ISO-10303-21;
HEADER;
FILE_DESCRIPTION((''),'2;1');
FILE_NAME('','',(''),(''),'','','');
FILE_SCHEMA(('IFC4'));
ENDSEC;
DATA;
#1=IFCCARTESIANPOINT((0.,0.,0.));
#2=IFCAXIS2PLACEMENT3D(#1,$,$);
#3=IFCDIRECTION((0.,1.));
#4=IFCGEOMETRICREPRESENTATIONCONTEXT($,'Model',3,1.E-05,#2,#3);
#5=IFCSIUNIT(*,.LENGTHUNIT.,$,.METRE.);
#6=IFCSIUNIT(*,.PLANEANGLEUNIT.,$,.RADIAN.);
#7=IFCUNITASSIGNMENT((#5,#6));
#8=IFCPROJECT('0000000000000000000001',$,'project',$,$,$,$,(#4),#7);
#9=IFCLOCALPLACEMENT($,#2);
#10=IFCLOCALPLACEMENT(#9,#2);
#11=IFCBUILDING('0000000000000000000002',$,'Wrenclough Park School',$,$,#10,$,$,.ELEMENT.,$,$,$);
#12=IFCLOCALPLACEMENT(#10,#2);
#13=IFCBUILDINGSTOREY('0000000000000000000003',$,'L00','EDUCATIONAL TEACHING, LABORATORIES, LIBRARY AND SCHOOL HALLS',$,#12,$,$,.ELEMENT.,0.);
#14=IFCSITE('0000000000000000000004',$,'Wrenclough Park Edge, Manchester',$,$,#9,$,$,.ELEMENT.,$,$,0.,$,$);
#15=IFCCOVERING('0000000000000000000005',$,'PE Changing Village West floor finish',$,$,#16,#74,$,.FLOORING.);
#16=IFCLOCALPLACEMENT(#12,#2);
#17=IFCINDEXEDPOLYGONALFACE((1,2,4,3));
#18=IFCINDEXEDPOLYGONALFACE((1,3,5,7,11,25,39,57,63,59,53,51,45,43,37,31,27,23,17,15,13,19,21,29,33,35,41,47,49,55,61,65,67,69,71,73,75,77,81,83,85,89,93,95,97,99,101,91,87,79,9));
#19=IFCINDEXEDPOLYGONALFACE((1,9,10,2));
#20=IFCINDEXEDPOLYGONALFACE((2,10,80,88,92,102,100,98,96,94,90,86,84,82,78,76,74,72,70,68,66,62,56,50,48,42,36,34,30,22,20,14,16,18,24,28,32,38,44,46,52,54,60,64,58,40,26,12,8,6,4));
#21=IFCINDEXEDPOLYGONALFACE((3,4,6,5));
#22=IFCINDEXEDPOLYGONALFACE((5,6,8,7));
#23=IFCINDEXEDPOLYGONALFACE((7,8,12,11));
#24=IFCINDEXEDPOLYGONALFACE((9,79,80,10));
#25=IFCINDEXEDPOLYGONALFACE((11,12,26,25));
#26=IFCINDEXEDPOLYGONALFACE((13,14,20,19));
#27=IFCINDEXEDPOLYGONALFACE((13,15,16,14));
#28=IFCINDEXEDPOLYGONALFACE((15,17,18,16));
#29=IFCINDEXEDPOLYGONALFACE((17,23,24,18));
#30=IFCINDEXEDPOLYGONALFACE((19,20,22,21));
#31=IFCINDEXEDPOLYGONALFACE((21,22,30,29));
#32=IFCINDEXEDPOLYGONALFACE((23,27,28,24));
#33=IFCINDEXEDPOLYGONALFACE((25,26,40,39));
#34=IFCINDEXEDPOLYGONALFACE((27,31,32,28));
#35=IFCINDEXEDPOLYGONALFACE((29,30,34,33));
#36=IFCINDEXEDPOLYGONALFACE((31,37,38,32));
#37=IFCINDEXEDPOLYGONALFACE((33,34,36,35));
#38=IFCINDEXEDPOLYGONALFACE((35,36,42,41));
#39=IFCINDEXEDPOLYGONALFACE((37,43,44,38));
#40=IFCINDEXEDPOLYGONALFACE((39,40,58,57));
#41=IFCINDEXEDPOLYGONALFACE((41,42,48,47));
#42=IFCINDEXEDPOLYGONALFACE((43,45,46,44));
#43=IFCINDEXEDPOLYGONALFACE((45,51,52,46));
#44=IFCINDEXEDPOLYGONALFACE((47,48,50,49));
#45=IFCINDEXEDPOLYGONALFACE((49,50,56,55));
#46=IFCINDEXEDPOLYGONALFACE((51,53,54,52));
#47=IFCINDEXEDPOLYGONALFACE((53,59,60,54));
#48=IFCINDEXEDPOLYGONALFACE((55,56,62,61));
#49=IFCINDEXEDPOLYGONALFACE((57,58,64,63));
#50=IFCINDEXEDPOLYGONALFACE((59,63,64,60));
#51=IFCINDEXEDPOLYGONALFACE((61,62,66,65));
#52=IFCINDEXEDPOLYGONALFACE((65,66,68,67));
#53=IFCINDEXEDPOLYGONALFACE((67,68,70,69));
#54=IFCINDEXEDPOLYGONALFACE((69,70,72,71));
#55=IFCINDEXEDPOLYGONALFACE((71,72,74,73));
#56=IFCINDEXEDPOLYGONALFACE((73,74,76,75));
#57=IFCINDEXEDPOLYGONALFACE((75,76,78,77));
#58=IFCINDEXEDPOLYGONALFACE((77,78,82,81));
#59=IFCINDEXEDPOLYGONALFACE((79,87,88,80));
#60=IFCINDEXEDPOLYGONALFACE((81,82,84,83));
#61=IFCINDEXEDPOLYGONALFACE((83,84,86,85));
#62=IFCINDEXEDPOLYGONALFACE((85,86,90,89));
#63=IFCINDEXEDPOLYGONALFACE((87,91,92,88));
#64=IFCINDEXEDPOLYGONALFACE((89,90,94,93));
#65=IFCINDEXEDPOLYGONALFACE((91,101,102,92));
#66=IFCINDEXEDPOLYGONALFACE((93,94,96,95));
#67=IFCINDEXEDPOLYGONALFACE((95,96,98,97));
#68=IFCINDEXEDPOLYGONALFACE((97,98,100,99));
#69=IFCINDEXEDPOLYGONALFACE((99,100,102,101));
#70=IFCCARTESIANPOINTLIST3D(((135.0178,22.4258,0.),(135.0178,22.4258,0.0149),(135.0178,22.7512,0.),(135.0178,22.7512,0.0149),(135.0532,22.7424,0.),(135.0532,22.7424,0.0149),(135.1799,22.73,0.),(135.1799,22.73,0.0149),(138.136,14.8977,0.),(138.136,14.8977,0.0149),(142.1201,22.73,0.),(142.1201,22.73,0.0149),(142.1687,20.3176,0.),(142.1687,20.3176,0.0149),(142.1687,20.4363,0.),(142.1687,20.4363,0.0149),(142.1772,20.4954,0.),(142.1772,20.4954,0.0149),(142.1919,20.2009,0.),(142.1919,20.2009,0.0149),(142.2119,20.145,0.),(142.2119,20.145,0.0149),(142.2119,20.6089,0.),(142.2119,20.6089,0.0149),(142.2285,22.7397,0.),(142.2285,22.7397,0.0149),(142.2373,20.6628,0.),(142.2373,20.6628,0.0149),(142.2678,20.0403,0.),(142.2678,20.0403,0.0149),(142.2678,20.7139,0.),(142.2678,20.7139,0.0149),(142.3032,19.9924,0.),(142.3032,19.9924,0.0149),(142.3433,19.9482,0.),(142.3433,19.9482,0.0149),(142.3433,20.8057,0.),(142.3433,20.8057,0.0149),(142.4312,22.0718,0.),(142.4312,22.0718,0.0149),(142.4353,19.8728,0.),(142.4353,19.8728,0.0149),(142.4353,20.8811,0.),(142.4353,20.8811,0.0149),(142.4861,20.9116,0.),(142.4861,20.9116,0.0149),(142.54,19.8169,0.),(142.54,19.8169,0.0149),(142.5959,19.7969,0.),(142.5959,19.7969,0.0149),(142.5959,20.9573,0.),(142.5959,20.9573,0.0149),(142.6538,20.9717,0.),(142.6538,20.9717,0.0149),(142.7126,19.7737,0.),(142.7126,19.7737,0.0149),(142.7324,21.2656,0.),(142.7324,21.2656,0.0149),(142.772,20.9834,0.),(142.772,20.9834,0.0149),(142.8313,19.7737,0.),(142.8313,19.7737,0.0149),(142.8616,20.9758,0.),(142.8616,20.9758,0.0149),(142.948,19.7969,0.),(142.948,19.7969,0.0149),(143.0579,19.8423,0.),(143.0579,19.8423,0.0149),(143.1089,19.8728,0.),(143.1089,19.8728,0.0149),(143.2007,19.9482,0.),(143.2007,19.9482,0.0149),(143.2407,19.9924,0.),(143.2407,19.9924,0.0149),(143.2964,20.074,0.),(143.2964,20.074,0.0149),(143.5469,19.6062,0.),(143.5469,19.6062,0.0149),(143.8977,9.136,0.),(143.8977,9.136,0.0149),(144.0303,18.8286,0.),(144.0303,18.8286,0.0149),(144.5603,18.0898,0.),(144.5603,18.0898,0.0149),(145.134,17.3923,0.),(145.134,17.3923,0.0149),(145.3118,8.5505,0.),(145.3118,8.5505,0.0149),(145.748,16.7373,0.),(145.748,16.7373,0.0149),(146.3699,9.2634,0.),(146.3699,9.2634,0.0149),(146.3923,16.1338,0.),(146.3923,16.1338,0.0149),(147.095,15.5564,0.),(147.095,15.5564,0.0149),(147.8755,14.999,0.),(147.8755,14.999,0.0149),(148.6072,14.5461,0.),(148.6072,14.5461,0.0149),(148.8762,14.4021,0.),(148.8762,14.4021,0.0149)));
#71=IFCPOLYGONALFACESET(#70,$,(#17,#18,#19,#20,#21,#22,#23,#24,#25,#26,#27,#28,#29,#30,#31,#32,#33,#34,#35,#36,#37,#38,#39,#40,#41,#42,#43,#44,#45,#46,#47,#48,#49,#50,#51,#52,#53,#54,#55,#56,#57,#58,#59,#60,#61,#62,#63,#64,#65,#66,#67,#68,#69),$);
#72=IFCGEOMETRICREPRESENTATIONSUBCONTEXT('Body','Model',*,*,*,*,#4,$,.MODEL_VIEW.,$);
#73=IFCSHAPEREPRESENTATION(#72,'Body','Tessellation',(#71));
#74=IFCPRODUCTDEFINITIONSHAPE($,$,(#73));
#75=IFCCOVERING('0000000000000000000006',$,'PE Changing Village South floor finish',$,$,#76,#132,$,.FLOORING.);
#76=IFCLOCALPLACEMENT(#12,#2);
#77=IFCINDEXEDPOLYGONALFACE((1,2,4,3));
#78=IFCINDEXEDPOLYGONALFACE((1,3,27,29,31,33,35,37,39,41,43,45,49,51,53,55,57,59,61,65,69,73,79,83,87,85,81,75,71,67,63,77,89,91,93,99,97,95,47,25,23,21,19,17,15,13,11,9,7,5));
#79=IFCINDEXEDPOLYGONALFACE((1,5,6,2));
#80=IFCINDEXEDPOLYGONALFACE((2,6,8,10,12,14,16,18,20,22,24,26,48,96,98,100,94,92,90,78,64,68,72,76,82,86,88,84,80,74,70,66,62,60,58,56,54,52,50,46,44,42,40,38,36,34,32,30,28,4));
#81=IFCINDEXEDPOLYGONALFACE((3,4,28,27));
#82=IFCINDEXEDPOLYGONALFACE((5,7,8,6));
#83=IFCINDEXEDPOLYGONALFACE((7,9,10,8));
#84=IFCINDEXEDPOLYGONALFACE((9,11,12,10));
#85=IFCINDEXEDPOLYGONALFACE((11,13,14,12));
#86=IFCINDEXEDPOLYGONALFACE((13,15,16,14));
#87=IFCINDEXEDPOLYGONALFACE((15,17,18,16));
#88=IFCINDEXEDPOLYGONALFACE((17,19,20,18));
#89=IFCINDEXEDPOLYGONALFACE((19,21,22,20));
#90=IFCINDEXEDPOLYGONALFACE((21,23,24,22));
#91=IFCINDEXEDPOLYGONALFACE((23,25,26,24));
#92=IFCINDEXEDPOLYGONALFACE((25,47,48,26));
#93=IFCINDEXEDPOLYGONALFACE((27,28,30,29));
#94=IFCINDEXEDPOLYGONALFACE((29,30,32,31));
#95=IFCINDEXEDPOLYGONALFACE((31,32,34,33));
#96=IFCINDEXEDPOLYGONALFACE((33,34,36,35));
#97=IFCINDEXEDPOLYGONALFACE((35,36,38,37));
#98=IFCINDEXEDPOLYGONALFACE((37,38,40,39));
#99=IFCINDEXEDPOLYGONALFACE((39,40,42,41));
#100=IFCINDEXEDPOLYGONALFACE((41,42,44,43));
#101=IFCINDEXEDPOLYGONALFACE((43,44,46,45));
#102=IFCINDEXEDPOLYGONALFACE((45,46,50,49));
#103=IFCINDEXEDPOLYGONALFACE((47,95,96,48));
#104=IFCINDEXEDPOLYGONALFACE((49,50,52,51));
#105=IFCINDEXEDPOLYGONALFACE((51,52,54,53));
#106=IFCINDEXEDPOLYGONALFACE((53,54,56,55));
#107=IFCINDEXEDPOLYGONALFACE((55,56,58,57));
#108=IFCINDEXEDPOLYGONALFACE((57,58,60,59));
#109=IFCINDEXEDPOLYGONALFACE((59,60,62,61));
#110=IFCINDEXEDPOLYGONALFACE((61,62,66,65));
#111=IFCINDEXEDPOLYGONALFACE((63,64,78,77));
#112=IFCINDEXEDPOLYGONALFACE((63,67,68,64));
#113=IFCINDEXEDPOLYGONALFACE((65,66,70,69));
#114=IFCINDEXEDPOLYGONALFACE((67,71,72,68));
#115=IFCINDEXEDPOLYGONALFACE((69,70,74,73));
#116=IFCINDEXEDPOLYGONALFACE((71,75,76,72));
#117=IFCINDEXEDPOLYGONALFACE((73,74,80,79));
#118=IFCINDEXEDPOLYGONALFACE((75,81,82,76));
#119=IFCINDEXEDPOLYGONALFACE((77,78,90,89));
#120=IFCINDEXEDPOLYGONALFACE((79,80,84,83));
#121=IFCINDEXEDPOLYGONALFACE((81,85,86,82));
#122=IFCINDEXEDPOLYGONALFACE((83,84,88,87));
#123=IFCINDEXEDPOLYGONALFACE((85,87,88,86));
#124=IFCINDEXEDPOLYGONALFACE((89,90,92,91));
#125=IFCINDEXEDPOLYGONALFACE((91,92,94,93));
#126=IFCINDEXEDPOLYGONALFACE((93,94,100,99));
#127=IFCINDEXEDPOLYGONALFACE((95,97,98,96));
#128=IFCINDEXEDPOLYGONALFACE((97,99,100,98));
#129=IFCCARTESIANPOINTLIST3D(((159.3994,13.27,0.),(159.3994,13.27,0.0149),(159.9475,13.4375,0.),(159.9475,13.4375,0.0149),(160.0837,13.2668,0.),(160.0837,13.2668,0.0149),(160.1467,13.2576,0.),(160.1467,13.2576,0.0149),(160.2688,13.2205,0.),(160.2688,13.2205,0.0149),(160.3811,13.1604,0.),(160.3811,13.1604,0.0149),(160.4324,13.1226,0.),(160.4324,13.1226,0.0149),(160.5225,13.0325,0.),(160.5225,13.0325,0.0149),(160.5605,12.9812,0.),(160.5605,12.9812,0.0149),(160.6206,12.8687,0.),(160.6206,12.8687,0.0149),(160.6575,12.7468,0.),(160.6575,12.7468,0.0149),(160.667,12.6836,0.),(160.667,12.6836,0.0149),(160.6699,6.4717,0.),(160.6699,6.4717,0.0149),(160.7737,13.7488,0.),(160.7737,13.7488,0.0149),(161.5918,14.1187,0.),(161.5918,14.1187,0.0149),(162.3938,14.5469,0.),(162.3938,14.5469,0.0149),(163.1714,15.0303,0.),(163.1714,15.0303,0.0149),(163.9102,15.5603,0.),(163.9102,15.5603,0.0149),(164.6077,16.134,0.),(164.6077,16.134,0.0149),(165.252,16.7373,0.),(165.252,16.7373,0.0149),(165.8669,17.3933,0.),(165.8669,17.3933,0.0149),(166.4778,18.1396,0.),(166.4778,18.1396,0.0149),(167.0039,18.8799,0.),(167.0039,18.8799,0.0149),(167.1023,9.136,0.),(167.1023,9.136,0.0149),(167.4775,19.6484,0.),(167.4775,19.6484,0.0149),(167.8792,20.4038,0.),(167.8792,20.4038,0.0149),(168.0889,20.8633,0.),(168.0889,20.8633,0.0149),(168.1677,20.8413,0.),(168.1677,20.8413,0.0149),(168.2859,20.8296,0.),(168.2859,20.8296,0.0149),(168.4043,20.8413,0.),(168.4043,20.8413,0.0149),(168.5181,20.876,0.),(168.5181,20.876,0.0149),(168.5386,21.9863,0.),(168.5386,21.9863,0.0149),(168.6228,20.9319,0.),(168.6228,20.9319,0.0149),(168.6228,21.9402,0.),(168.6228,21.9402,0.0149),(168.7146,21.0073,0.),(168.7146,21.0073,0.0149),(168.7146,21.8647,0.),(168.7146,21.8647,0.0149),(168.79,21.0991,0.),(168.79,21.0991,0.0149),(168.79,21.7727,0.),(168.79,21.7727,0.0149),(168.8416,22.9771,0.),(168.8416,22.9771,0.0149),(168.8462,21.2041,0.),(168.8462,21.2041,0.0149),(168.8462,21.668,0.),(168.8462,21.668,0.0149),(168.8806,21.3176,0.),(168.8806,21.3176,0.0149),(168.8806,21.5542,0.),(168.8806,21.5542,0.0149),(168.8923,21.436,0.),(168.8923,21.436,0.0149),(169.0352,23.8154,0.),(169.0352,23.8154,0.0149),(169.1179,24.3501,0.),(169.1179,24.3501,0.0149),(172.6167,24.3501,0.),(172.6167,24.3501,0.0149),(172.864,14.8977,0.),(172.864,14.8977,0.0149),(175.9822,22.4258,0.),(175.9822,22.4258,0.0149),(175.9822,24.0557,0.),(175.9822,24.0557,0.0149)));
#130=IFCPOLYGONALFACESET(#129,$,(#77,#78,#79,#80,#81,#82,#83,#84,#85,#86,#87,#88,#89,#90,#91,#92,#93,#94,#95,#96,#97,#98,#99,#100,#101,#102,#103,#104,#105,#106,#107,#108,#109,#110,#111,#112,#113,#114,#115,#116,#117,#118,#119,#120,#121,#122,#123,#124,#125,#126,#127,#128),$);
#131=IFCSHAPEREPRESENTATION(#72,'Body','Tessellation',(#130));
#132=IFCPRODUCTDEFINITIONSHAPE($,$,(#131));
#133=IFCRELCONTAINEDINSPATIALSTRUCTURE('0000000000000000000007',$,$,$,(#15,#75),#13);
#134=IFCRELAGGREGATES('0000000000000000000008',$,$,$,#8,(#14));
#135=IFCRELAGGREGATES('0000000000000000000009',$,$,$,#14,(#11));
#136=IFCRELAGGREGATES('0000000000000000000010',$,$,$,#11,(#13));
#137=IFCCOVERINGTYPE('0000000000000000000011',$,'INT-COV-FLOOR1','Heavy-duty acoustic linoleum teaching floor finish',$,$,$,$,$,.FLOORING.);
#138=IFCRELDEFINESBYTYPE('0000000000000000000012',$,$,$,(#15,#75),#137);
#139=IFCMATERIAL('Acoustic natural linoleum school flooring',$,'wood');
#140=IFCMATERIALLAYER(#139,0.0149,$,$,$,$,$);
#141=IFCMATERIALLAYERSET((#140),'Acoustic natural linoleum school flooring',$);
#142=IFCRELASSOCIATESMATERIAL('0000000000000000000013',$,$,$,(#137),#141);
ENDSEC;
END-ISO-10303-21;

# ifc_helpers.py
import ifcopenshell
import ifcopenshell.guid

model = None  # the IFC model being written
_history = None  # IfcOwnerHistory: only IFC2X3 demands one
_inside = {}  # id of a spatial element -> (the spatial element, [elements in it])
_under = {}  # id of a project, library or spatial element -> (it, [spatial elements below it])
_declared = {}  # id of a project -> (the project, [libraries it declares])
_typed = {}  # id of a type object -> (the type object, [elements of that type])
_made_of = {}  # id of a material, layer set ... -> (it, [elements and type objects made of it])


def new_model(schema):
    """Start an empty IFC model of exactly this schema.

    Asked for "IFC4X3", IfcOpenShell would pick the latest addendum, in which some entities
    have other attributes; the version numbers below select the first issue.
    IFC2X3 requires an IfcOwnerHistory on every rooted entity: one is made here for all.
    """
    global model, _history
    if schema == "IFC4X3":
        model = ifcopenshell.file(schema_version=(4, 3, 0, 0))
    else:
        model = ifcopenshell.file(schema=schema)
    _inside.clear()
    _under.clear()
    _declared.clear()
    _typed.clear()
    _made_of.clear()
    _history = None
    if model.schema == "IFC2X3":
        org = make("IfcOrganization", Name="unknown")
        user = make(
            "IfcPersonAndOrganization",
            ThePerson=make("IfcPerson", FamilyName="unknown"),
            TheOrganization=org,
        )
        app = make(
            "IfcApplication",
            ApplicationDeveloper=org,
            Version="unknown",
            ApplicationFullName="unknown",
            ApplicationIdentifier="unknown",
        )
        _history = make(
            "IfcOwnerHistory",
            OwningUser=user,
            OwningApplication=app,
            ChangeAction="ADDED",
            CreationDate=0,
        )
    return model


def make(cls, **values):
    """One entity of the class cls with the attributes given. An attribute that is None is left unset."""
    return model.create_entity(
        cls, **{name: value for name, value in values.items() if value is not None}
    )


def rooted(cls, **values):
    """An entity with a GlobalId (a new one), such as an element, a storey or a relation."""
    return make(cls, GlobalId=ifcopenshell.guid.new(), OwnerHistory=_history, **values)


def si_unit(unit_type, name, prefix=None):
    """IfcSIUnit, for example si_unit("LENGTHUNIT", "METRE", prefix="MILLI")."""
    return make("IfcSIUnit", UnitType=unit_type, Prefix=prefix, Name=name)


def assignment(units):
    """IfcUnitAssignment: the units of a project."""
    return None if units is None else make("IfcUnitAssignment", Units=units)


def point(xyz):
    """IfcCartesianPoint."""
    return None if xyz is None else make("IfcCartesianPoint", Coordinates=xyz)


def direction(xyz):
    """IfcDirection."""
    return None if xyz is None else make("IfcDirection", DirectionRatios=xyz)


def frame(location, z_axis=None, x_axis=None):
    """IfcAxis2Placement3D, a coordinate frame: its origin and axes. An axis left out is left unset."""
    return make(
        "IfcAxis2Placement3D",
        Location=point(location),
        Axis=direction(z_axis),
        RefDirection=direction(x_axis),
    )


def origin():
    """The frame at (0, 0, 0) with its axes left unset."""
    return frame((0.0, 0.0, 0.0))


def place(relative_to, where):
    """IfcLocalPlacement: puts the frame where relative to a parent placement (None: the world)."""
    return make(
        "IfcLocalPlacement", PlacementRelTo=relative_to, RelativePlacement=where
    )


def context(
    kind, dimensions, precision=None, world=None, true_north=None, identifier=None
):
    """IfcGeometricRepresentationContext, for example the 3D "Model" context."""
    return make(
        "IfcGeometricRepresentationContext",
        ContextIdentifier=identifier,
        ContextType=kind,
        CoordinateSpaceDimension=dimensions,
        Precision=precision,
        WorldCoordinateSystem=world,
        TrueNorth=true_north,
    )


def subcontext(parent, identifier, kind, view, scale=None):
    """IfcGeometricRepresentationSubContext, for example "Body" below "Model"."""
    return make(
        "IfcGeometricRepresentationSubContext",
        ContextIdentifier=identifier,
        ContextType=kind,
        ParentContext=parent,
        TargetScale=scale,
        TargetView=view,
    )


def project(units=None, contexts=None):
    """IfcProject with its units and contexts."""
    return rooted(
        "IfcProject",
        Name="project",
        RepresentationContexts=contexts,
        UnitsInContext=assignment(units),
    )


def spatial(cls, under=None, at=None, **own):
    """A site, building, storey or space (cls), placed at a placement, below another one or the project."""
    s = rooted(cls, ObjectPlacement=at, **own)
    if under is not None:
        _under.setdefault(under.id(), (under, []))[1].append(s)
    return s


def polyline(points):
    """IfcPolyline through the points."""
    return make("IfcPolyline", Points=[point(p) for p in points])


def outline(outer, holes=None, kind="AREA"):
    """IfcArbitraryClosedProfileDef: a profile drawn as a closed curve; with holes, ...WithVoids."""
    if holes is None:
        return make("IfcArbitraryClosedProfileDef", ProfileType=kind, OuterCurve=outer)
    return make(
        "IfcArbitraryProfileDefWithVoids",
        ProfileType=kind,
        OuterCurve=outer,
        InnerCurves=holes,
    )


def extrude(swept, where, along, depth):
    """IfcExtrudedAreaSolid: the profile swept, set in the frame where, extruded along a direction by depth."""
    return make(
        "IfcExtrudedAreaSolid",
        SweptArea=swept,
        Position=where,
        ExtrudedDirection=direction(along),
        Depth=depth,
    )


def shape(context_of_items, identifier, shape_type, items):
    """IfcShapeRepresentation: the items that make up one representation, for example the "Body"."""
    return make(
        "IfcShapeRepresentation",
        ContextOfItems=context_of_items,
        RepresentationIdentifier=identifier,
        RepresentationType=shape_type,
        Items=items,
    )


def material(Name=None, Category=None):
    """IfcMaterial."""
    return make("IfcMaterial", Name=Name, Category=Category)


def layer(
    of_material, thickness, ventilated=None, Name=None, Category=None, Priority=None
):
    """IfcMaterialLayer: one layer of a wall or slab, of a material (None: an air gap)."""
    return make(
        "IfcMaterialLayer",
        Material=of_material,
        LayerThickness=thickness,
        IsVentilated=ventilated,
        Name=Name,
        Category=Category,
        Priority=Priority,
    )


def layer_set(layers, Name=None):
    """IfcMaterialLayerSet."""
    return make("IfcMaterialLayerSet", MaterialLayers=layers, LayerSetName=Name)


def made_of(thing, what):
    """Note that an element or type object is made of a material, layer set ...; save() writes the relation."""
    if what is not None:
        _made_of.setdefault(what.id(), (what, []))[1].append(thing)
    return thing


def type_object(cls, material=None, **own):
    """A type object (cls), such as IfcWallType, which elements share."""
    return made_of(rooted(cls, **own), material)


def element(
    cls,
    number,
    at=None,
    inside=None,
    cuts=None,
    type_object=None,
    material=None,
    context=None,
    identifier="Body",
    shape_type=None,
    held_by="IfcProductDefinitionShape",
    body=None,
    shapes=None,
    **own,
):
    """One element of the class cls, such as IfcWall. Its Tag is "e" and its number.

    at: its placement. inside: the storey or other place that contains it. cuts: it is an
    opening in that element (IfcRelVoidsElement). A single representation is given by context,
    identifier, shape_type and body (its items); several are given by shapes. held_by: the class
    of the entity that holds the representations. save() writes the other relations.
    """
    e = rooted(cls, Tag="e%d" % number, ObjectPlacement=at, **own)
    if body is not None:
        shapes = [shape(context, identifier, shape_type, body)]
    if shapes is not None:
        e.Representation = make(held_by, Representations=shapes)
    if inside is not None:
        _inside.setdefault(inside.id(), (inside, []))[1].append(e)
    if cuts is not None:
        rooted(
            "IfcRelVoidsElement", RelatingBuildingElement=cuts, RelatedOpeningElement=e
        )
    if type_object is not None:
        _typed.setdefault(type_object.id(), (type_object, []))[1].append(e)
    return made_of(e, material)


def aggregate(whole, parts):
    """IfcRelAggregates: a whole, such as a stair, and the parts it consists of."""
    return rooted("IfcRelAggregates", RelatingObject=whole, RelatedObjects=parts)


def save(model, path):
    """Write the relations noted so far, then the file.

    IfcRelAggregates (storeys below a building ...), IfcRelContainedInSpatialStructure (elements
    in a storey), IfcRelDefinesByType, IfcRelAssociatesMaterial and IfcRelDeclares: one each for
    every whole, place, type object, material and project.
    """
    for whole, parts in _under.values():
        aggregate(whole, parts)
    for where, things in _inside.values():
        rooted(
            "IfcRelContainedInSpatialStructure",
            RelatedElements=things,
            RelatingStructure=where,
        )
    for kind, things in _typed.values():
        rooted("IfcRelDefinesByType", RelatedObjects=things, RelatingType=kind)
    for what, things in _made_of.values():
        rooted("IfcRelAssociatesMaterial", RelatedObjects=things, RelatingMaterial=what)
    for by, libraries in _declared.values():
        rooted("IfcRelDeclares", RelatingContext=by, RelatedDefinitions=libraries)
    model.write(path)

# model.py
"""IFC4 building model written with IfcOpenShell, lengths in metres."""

from ifc_helpers import new_model, si_unit, direction, origin, place, context, subcontext, project, spatial, polyline, outline, extrude, material, layer, layer_set, type_object, element, save


model = new_model("IFC4")

# Units and contexts
model_context = context("Model", 3, precision=1e-05, world=origin(), true_north=direction((0.0, 1.0)))
body_context = subcontext(model_context, "Body", "Model", "MODEL_VIEW")
ifc_project = project(units=[si_unit("LENGTHUNIT", "METRE"), si_unit("PLANEANGLEUNIT", "RADIAN")], contexts=[model_context])

# Site, building, storey
site_placement = place(None, origin())
site = spatial("IfcSite", under=ifc_project, at=site_placement, Name="Wrenclough Park Edge, Manchester", CompositionType="ELEMENT", RefElevation=0.0)
building_placement = place(site_placement, origin())
building = spatial("IfcBuilding", under=site, at=building_placement, Name="Wrenclough Park School", CompositionType="ELEMENT")
storey_placement = place(building_placement, origin())
storey = spatial("IfcBuildingStorey", under=building, at=storey_placement, Name="L00", Description="EDUCATIONAL TEACHING, LABORATORIES, LIBRARY AND SCHOOL HALLS", CompositionType="ELEMENT", Elevation=0.0)

# Coverings
ifc_material_1 = material(Name="Acoustic natural linoleum school flooring", Category="wood")
ifc_layer_1 = layer(ifc_material_1, 0.0149)
ifc_layer_set_1 = layer_set([ifc_layer_1], Name="Acoustic natural linoleum school flooring")
covering_type_1 = type_object("IfcCoveringType", Name="INT-COV-FLOOR1", Description="Heavy-duty acoustic linoleum teaching floor finish", PredefinedType="FLOORING", material=ifc_layer_set_1)
covering_1_placement = place(storey_placement, origin())
element("IfcCovering", 1, at=covering_1_placement, inside=storey, type_object=covering_type_1, Name="PE Changing Village West floor finish", PredefinedType="FLOORING", context=body_context, shape_type="SweptSolid", body=[
    extrude(outline(polyline([(135.0532, 22.7424), (135.0178, 22.7512), (135.0178, 22.4258), (138.136, 14.8977), (143.8977, 9.136), (145.3118, 8.5505), (146.3699, 9.2634), (148.8762, 14.4021), (148.6072, 14.5461), (147.8755, 14.999), (147.095, 15.5564), (146.3923, 16.1338), (145.748, 16.7373), (145.134, 17.3923), (144.5603, 18.0898), (144.0303, 18.8286), (143.5469, 19.6062), (143.2964, 20.074), (143.2407, 19.9924), (143.2007, 19.9482), (143.1089, 19.8728), (143.0579, 19.8423), (142.948, 19.7969), (142.8313, 19.7737), (142.7126, 19.7737), (142.5959, 19.7969), (142.54, 19.8169), (142.4353, 19.8728), (142.3433, 19.9482), (142.3032, 19.9924), (142.2678, 20.0403), (142.2119, 20.145), (142.1919, 20.2009), (142.1687, 20.3176), (142.1687, 20.4363), (142.1772, 20.4954), (142.2119, 20.6089), (142.2373, 20.6628), (142.2678, 20.7139), (142.3433, 20.8057), (142.4353, 20.8811), (142.4861, 20.9116), (142.5959, 20.9573), (142.6538, 20.9717), (142.772, 20.9834), (142.8616, 20.9758), (142.7324, 21.2656), (142.4312, 22.0718), (142.2285, 22.7397), (142.1201, 22.73), (135.1799, 22.73), (135.0532, 22.7424)])), origin(), (0.0, 0.0, 1.0), 0.0149),
])
covering_2_placement = place(storey_placement, origin())
element("IfcCovering", 2, at=covering_2_placement, inside=storey, type_object=covering_type_1, Name="PE Changing Village South floor finish", PredefinedType="FLOORING", context=body_context, shape_type="SweptSolid", body=[
    extrude(outline(polyline([(159.9475, 13.4375), (159.3994, 13.27), (160.0837, 13.2668), (160.1467, 13.2576), (160.2688, 13.2205), (160.3811, 13.1604), (160.4324, 13.1226), (160.5225, 13.0325), (160.5605, 12.9812), (160.6206, 12.8687), (160.6575, 12.7468), (160.667, 12.6836), (160.6699, 6.4717), (167.1023, 9.136), (172.864, 14.8977), (175.9822, 22.4258), (175.9822, 24.0557), (172.6167, 24.3501), (169.1179, 24.3501), (169.0352, 23.8154), (168.8416, 22.9771), (168.5386, 21.9863), (168.6228, 21.9402), (168.7146, 21.8647), (168.79, 21.7727), (168.8462, 21.668), (168.8806, 21.5542), (168.8923, 21.436), (168.8806, 21.3176), (168.8462, 21.2041), (168.79, 21.0991), (168.7146, 21.0073), (168.6228, 20.9319), (168.5181, 20.876), (168.4043, 20.8413), (168.2859, 20.8296), (168.1677, 20.8413), (168.0889, 20.8633), (167.8792, 20.4038), (167.4775, 19.6484), (167.0039, 18.8799), (166.4778, 18.1396), (165.8669, 17.3933), (165.252, 16.7373), (164.6077, 16.134), (163.9102, 15.5603), (163.1714, 15.0303), (162.3938, 14.5469), (161.5918, 14.1187), (160.7737, 13.7488), (159.9475, 13.4375)])), origin(), (0.0, 0.0, 1.0), 0.0149),
])

save(model, "model.ifc")
